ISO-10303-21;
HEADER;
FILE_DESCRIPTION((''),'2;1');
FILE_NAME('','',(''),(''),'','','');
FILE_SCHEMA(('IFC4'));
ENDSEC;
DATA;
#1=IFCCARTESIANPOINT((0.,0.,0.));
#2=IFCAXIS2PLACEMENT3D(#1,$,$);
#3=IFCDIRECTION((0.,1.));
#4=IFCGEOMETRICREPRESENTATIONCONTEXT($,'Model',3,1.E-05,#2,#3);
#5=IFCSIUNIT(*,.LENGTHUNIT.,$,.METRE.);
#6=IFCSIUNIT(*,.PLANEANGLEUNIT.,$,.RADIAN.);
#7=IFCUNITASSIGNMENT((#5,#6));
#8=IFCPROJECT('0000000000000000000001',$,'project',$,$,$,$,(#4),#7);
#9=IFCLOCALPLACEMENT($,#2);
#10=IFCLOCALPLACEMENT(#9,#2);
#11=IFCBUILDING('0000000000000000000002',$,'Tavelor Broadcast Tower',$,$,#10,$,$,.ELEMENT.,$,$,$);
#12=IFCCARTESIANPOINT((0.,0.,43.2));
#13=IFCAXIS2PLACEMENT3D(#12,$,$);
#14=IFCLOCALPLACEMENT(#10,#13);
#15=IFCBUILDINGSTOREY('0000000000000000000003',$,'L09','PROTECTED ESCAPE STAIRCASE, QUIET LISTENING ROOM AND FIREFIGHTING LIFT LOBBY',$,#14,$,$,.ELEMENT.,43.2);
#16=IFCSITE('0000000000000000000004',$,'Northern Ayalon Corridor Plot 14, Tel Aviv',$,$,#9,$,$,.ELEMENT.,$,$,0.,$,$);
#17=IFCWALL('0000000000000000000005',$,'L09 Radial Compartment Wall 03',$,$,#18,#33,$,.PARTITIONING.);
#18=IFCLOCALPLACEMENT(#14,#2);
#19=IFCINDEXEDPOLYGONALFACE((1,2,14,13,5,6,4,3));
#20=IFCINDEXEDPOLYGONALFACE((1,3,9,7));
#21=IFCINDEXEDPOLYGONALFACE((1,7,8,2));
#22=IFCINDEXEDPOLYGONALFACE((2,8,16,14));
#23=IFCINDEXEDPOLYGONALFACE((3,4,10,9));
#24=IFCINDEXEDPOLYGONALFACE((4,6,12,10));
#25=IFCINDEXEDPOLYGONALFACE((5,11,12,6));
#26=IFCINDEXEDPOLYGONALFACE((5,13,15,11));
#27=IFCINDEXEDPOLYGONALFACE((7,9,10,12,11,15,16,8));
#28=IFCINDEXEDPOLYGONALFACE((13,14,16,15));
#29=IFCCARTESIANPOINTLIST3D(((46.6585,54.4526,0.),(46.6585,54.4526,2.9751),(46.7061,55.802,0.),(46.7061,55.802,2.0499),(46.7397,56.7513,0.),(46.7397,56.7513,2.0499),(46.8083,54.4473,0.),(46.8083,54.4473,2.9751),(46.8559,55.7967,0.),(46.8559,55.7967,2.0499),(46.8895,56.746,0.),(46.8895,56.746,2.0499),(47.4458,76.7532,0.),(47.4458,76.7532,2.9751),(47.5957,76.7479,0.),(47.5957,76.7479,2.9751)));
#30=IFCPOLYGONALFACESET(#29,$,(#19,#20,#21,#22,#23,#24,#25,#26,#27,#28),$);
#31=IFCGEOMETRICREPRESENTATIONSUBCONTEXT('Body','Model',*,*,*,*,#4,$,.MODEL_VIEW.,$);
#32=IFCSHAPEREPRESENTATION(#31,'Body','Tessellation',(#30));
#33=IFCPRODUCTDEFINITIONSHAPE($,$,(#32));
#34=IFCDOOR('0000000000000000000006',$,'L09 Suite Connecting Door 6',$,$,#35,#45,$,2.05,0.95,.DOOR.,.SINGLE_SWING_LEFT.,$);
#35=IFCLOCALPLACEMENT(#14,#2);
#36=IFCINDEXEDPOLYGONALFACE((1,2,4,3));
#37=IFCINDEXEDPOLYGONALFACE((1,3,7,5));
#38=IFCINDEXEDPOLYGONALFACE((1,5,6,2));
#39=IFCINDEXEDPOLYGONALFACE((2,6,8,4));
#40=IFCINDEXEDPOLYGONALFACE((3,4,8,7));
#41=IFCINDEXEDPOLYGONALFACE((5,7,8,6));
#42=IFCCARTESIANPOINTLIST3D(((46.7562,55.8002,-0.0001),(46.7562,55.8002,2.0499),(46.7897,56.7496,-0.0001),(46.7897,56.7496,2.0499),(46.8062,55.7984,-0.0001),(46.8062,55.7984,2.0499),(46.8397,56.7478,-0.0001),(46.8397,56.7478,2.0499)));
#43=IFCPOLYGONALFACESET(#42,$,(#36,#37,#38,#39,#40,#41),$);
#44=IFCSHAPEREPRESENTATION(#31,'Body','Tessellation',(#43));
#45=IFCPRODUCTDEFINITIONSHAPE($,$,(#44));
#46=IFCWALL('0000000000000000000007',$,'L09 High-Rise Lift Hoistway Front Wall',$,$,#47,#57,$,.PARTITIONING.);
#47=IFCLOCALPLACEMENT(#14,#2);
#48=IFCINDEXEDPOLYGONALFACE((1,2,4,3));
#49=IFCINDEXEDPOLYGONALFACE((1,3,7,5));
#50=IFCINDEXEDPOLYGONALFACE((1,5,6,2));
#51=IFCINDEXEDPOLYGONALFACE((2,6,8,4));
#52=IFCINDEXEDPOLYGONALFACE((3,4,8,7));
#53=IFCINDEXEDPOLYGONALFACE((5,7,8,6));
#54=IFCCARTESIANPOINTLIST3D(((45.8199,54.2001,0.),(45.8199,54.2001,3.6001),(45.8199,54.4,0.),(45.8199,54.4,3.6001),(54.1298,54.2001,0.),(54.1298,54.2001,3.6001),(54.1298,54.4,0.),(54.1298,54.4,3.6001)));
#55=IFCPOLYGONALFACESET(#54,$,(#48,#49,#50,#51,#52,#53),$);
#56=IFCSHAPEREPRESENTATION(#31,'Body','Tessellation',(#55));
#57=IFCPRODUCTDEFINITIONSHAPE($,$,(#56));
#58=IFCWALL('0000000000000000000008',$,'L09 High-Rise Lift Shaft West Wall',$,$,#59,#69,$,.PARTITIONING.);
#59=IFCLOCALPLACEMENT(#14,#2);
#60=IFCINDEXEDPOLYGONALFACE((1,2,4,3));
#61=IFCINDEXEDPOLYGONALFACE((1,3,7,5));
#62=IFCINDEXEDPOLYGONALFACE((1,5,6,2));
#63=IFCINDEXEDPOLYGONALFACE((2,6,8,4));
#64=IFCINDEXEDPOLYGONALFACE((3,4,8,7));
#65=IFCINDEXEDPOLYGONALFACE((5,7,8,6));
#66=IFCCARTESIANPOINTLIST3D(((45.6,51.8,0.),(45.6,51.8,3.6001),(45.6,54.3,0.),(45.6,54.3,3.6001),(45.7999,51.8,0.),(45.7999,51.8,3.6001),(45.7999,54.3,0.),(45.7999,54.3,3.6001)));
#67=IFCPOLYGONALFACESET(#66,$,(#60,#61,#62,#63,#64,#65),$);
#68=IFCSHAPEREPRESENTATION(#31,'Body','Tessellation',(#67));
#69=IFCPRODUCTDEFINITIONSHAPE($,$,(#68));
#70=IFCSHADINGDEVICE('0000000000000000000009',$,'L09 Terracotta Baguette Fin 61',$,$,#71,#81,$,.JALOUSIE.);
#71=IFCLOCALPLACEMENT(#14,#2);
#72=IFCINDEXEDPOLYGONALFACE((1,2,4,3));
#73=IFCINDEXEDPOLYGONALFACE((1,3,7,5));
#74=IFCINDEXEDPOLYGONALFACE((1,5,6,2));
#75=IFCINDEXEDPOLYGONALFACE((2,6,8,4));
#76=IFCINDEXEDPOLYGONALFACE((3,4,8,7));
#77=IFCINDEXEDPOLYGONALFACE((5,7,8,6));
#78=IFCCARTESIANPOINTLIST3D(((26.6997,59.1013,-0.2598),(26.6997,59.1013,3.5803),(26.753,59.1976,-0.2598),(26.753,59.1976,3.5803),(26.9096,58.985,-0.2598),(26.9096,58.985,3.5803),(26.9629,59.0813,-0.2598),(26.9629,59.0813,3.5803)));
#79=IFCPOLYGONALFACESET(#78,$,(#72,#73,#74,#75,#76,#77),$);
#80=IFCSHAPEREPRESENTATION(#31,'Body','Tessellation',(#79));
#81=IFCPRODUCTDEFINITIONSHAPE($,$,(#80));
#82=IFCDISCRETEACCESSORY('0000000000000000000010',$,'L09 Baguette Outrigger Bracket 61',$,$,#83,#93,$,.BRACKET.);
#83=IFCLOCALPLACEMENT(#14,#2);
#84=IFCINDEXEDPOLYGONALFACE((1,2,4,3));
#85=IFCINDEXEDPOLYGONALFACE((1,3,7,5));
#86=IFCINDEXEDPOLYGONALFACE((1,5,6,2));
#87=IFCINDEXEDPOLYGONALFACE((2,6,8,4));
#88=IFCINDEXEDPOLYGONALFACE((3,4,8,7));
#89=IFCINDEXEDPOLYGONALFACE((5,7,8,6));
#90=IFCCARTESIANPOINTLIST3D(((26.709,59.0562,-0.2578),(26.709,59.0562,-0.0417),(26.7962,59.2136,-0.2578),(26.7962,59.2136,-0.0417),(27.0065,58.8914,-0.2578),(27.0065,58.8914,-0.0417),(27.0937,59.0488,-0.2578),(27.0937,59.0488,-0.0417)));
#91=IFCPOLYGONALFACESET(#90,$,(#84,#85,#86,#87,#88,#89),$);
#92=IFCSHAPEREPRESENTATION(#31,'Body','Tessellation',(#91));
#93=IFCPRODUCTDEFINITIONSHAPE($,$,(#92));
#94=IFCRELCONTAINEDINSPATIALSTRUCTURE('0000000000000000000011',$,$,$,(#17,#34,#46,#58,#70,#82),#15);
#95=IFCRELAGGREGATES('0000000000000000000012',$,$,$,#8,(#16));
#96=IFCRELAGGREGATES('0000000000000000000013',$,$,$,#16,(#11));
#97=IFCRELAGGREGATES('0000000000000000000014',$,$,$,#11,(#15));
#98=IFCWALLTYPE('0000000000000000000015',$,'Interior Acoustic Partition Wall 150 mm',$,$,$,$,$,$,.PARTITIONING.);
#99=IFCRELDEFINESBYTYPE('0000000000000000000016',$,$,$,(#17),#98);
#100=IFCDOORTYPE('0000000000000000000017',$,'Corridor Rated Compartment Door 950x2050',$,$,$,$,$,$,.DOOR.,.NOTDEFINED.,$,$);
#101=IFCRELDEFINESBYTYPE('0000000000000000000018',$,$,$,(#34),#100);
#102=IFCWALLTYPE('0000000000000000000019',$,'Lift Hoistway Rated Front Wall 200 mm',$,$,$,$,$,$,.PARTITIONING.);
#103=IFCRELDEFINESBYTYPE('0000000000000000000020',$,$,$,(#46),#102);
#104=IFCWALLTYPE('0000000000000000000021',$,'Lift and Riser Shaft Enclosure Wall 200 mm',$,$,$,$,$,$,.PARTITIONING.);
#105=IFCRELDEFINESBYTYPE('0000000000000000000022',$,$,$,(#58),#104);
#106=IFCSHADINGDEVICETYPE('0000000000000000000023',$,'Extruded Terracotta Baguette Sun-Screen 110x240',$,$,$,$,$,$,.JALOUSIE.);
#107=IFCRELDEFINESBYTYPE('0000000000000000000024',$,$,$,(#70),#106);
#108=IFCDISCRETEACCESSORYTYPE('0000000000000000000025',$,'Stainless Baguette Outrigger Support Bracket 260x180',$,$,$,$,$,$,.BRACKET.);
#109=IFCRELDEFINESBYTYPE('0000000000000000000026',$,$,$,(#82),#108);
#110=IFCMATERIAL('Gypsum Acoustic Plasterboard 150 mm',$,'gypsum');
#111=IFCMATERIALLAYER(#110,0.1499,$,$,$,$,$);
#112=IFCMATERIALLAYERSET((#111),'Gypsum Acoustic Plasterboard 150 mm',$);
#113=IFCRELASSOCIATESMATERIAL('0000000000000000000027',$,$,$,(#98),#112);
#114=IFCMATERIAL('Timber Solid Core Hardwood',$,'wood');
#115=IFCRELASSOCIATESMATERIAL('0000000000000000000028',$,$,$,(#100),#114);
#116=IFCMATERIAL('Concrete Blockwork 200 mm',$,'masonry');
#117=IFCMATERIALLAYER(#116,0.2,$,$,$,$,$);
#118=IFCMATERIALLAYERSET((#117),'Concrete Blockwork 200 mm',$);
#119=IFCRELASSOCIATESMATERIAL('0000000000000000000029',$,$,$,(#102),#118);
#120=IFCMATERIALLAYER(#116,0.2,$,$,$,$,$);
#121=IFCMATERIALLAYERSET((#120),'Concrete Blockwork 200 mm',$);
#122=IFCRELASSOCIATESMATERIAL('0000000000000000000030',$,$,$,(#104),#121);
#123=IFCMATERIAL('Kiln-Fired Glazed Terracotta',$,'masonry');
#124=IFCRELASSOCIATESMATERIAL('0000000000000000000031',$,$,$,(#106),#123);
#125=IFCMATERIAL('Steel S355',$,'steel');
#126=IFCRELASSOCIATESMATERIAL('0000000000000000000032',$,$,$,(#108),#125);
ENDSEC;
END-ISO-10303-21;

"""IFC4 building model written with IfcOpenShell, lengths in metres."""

from ifc_helpers import new_model, si_unit, direction, frame, frame_2d, origin, origin_2d, place, context, subcontext, project, spatial, rectangle, extrude, source, transform, mapped, material, layer, layer_set, type_object, type_shapes, element, fill, save


model = new_model("IFC4")

# Units and contexts
model_context = context("Model", 3, precision=1e-05, world=origin(), true_north=direction((0.0, 1.0)))
body_context = subcontext(model_context, "Body", "Model", "MODEL_VIEW")
ifc_project = project(units=[si_unit("LENGTHUNIT", "METRE"), si_unit("PLANEANGLEUNIT", "RADIAN")], contexts=[model_context])

# Site, building, storey
site_placement = place(None, origin())
site = spatial("IfcSite", under=ifc_project, at=site_placement, Name="Northern Ayalon Corridor Plot 14, Tel Aviv", CompositionType="ELEMENT", RefElevation=0.0)
building_placement = place(site_placement, origin())
building = spatial("IfcBuilding", under=site, at=building_placement, Name="Tavelor Broadcast Tower", CompositionType="ELEMENT")
storey_placement = place(building_placement, frame((0.0, 0.0, 43.2)))
storey = spatial("IfcBuildingStorey", under=building, at=storey_placement, Name="L09", Description="PROTECTED ESCAPE STAIRCASE, QUIET LISTENING ROOM AND FIREFIGHTING LIFT LOBBY", CompositionType="ELEMENT", Elevation=43.2)

# Shared definitions
ifc_material_1 = material(Name="Steel S355", Category="steel")

# Wall, opening, door
ifc_material_2 = material(Name="Gypsum Acoustic Plasterboard 150 mm", Category="gypsum")
ifc_layer_1 = layer(ifc_material_2, 0.1499)
ifc_layer_set_1 = layer_set([ifc_layer_1], Name="Gypsum Acoustic Plasterboard 150 mm")
wall_type_1 = type_object("IfcWallType", Name="Interior Acoustic Partition Wall 150 mm", PredefinedType="PARTITIONING", material=ifc_layer_set_1)
wall_1_placement = place(storey_placement, frame((46.7334, 54.45, 0.0), z_axis=(0.0, 0.0, 1.0), x_axis=(0.035284, 0.999377, 0.0)))
wall_1 = element("IfcWall", 1, at=wall_1_placement, inside=storey, type_object=wall_type_1, Name="L09 Radial Compartment Wall 03", PredefinedType="PARTITIONING", context=body_context, shape_type="SweptSolid", body=[
    extrude(rectangle(XDim=22.3145, YDim=0.1499, at=frame_2d((11.1572, 0.0))), origin(), (0.0, 0.0, 1.0), 2.9751),
])
opening_1_placement = place(wall_1_placement, frame((1.3501, 0.0, 0.0)))
opening_1 = element("IfcOpeningElement", 2, at=opening_1_placement, cuts=wall_1, PredefinedType="OPENING", context=body_context, shape_type="SweptSolid", body=[
    extrude(rectangle(XDim=0.95, YDim=2.05, at=frame_2d((0.4751, 1.0249))), frame((0.0, 0.085, 0.0), z_axis=(0.0, -1.0, 0.0), x_axis=(1.0, 0.0, 0.0)), (0.0, 0.0, 1.0), 0.1699),
])
ifc_material_3 = material(Name="Timber Solid Core Hardwood", Category="wood")
door_type_1 = type_object("IfcDoorType", Name="Corridor Rated Compartment Door 950x2050", OperationType="NOTDEFINED", PredefinedType="DOOR", material=ifc_material_3)
door_1_placement = place(opening_1_placement, origin())
door_1 = element("IfcDoor", 3, at=door_1_placement, inside=storey, type_object=door_type_1, Name="L09 Suite Connecting Door 6", OperationType="SINGLE_SWING_LEFT", OverallHeight=2.05, OverallWidth=0.95, PredefinedType="DOOR", context=body_context, shape_type="SweptSolid", body=[
    extrude(rectangle(XDim=0.95, YDim=2.05, at=frame_2d((0.4751, 1.0249))), frame((0.0, 0.0249, 0.0), z_axis=(0.0, -1.0, 0.0), x_axis=(1.0, 0.0, 0.0)), (0.0, 0.0, 1.0), 0.05),
])
fill(opening_1, door_1)

# Walls
ifc_material_4 = material(Name="Concrete Blockwork 200 mm", Category="masonry")
ifc_layer_2 = layer(ifc_material_4, 0.2)
ifc_layer_set_2 = layer_set([ifc_layer_2], Name="Concrete Blockwork 200 mm")
wall_type_2 = type_object("IfcWallType", Name="Lift Hoistway Rated Front Wall 200 mm", PredefinedType="PARTITIONING", material=ifc_layer_set_2)
wall_2_placement = place(storey_placement, frame((45.8201, 54.3, 0.0), z_axis=(0.0, 0.0, 1.0), x_axis=(1.0, 0.0, 0.0)))
element("IfcWall", 4, at=wall_2_placement, inside=storey, type_object=wall_type_2, Name="L09 High-Rise Lift Hoistway Front Wall", PredefinedType="PARTITIONING", context=body_context, shape_type="SweptSolid", body=[
    extrude(rectangle(XDim=8.3098, YDim=0.2, at=frame_2d((4.1548, 0.0))), origin(), (0.0, 0.0, 1.0), 3.6001),
])
ifc_layer_3 = layer(ifc_material_4, 0.2)
ifc_layer_set_3 = layer_set([ifc_layer_3], Name="Concrete Blockwork 200 mm")
wall_type_3 = type_object("IfcWallType", Name="Lift and Riser Shaft Enclosure Wall 200 mm", PredefinedType="PARTITIONING", material=ifc_layer_set_3)
wall_3_placement = place(storey_placement, frame((45.7, 51.8, 0.0), z_axis=(0.0, 0.0, 1.0), x_axis=(0.0, 1.0, 0.0)))
element("IfcWall", 5, at=wall_3_placement, inside=storey, type_object=wall_type_3, Name="L09 High-Rise Lift Shaft West Wall", PredefinedType="PARTITIONING", context=body_context, shape_type="SweptSolid", body=[
    extrude(rectangle(XDim=2.5, YDim=0.2, at=frame_2d((1.25, 0.0))), origin(), (0.0, 0.0, 1.0), 3.6001),
])

# Shading device
ifc_material_5 = material(Name="Kiln-Fired Glazed Terracotta", Category="masonry")
shading_device_type = type_object("IfcShadingDeviceType", Name="Extruded Terracotta Baguette Sun-Screen 110x240", PredefinedType="JALOUSIE", material=ifc_material_5)
shared_shape_1 = source(origin(), body_context, "Body", "SweptSolid", [
    extrude(rectangle(XDim=0.1101, YDim=0.24, at=origin_2d()), origin(), (0.0, 0.0, 1.0), 3.8401),
])
type_shapes(shading_device_type, [shared_shape_1])
shading_device_placement = place(storey_placement, frame((26.8313, 59.0913, -0.2598), z_axis=(0.0, 0.0, 1.0), x_axis=(-0.484504, -0.874789, 0.0)))
element("IfcShadingDevice", 6, at=shading_device_placement, inside=storey, type_object=shading_device_type, Name="L09 Terracotta Baguette Fin 61", PredefinedType="JALOUSIE", context=body_context, shape_type="MappedRepresentation", body=[
    mapped(shared_shape_1, transform((0.0, 0.0, 0.0), scale=1.0)),
])

# Discrete accessory
discrete_accessory_type = type_object("IfcDiscreteAccessoryType", Name="Stainless Baguette Outrigger Support Bracket 260x180", PredefinedType="BRACKET", material=ifc_material_1)
shared_shape_2 = source(origin(), body_context, "Body", "SweptSolid", [
    extrude(rectangle(XDim=0.1799, YDim=0.3401, at=origin_2d()), origin(), (0.0, 0.0, 1.0), 0.2161),
])
type_shapes(discrete_accessory_type, [shared_shape_2])
discrete_accessory_placement = place(storey_placement, frame((26.9014, 59.0525, -0.2578), z_axis=(0.0, 0.0, 1.0), x_axis=(-0.484504, -0.874789, 0.0)))
element("IfcDiscreteAccessory", 7, at=discrete_accessory_placement, inside=storey, type_object=discrete_accessory_type, Name="L09 Baguette Outrigger Bracket 61", PredefinedType="BRACKET", context=body_context, shape_type="MappedRepresentation", body=[
    mapped(shared_shape_2, transform((0.0, 0.0, 0.0), scale=1.0)),
])

save(model, "model.ifc")
